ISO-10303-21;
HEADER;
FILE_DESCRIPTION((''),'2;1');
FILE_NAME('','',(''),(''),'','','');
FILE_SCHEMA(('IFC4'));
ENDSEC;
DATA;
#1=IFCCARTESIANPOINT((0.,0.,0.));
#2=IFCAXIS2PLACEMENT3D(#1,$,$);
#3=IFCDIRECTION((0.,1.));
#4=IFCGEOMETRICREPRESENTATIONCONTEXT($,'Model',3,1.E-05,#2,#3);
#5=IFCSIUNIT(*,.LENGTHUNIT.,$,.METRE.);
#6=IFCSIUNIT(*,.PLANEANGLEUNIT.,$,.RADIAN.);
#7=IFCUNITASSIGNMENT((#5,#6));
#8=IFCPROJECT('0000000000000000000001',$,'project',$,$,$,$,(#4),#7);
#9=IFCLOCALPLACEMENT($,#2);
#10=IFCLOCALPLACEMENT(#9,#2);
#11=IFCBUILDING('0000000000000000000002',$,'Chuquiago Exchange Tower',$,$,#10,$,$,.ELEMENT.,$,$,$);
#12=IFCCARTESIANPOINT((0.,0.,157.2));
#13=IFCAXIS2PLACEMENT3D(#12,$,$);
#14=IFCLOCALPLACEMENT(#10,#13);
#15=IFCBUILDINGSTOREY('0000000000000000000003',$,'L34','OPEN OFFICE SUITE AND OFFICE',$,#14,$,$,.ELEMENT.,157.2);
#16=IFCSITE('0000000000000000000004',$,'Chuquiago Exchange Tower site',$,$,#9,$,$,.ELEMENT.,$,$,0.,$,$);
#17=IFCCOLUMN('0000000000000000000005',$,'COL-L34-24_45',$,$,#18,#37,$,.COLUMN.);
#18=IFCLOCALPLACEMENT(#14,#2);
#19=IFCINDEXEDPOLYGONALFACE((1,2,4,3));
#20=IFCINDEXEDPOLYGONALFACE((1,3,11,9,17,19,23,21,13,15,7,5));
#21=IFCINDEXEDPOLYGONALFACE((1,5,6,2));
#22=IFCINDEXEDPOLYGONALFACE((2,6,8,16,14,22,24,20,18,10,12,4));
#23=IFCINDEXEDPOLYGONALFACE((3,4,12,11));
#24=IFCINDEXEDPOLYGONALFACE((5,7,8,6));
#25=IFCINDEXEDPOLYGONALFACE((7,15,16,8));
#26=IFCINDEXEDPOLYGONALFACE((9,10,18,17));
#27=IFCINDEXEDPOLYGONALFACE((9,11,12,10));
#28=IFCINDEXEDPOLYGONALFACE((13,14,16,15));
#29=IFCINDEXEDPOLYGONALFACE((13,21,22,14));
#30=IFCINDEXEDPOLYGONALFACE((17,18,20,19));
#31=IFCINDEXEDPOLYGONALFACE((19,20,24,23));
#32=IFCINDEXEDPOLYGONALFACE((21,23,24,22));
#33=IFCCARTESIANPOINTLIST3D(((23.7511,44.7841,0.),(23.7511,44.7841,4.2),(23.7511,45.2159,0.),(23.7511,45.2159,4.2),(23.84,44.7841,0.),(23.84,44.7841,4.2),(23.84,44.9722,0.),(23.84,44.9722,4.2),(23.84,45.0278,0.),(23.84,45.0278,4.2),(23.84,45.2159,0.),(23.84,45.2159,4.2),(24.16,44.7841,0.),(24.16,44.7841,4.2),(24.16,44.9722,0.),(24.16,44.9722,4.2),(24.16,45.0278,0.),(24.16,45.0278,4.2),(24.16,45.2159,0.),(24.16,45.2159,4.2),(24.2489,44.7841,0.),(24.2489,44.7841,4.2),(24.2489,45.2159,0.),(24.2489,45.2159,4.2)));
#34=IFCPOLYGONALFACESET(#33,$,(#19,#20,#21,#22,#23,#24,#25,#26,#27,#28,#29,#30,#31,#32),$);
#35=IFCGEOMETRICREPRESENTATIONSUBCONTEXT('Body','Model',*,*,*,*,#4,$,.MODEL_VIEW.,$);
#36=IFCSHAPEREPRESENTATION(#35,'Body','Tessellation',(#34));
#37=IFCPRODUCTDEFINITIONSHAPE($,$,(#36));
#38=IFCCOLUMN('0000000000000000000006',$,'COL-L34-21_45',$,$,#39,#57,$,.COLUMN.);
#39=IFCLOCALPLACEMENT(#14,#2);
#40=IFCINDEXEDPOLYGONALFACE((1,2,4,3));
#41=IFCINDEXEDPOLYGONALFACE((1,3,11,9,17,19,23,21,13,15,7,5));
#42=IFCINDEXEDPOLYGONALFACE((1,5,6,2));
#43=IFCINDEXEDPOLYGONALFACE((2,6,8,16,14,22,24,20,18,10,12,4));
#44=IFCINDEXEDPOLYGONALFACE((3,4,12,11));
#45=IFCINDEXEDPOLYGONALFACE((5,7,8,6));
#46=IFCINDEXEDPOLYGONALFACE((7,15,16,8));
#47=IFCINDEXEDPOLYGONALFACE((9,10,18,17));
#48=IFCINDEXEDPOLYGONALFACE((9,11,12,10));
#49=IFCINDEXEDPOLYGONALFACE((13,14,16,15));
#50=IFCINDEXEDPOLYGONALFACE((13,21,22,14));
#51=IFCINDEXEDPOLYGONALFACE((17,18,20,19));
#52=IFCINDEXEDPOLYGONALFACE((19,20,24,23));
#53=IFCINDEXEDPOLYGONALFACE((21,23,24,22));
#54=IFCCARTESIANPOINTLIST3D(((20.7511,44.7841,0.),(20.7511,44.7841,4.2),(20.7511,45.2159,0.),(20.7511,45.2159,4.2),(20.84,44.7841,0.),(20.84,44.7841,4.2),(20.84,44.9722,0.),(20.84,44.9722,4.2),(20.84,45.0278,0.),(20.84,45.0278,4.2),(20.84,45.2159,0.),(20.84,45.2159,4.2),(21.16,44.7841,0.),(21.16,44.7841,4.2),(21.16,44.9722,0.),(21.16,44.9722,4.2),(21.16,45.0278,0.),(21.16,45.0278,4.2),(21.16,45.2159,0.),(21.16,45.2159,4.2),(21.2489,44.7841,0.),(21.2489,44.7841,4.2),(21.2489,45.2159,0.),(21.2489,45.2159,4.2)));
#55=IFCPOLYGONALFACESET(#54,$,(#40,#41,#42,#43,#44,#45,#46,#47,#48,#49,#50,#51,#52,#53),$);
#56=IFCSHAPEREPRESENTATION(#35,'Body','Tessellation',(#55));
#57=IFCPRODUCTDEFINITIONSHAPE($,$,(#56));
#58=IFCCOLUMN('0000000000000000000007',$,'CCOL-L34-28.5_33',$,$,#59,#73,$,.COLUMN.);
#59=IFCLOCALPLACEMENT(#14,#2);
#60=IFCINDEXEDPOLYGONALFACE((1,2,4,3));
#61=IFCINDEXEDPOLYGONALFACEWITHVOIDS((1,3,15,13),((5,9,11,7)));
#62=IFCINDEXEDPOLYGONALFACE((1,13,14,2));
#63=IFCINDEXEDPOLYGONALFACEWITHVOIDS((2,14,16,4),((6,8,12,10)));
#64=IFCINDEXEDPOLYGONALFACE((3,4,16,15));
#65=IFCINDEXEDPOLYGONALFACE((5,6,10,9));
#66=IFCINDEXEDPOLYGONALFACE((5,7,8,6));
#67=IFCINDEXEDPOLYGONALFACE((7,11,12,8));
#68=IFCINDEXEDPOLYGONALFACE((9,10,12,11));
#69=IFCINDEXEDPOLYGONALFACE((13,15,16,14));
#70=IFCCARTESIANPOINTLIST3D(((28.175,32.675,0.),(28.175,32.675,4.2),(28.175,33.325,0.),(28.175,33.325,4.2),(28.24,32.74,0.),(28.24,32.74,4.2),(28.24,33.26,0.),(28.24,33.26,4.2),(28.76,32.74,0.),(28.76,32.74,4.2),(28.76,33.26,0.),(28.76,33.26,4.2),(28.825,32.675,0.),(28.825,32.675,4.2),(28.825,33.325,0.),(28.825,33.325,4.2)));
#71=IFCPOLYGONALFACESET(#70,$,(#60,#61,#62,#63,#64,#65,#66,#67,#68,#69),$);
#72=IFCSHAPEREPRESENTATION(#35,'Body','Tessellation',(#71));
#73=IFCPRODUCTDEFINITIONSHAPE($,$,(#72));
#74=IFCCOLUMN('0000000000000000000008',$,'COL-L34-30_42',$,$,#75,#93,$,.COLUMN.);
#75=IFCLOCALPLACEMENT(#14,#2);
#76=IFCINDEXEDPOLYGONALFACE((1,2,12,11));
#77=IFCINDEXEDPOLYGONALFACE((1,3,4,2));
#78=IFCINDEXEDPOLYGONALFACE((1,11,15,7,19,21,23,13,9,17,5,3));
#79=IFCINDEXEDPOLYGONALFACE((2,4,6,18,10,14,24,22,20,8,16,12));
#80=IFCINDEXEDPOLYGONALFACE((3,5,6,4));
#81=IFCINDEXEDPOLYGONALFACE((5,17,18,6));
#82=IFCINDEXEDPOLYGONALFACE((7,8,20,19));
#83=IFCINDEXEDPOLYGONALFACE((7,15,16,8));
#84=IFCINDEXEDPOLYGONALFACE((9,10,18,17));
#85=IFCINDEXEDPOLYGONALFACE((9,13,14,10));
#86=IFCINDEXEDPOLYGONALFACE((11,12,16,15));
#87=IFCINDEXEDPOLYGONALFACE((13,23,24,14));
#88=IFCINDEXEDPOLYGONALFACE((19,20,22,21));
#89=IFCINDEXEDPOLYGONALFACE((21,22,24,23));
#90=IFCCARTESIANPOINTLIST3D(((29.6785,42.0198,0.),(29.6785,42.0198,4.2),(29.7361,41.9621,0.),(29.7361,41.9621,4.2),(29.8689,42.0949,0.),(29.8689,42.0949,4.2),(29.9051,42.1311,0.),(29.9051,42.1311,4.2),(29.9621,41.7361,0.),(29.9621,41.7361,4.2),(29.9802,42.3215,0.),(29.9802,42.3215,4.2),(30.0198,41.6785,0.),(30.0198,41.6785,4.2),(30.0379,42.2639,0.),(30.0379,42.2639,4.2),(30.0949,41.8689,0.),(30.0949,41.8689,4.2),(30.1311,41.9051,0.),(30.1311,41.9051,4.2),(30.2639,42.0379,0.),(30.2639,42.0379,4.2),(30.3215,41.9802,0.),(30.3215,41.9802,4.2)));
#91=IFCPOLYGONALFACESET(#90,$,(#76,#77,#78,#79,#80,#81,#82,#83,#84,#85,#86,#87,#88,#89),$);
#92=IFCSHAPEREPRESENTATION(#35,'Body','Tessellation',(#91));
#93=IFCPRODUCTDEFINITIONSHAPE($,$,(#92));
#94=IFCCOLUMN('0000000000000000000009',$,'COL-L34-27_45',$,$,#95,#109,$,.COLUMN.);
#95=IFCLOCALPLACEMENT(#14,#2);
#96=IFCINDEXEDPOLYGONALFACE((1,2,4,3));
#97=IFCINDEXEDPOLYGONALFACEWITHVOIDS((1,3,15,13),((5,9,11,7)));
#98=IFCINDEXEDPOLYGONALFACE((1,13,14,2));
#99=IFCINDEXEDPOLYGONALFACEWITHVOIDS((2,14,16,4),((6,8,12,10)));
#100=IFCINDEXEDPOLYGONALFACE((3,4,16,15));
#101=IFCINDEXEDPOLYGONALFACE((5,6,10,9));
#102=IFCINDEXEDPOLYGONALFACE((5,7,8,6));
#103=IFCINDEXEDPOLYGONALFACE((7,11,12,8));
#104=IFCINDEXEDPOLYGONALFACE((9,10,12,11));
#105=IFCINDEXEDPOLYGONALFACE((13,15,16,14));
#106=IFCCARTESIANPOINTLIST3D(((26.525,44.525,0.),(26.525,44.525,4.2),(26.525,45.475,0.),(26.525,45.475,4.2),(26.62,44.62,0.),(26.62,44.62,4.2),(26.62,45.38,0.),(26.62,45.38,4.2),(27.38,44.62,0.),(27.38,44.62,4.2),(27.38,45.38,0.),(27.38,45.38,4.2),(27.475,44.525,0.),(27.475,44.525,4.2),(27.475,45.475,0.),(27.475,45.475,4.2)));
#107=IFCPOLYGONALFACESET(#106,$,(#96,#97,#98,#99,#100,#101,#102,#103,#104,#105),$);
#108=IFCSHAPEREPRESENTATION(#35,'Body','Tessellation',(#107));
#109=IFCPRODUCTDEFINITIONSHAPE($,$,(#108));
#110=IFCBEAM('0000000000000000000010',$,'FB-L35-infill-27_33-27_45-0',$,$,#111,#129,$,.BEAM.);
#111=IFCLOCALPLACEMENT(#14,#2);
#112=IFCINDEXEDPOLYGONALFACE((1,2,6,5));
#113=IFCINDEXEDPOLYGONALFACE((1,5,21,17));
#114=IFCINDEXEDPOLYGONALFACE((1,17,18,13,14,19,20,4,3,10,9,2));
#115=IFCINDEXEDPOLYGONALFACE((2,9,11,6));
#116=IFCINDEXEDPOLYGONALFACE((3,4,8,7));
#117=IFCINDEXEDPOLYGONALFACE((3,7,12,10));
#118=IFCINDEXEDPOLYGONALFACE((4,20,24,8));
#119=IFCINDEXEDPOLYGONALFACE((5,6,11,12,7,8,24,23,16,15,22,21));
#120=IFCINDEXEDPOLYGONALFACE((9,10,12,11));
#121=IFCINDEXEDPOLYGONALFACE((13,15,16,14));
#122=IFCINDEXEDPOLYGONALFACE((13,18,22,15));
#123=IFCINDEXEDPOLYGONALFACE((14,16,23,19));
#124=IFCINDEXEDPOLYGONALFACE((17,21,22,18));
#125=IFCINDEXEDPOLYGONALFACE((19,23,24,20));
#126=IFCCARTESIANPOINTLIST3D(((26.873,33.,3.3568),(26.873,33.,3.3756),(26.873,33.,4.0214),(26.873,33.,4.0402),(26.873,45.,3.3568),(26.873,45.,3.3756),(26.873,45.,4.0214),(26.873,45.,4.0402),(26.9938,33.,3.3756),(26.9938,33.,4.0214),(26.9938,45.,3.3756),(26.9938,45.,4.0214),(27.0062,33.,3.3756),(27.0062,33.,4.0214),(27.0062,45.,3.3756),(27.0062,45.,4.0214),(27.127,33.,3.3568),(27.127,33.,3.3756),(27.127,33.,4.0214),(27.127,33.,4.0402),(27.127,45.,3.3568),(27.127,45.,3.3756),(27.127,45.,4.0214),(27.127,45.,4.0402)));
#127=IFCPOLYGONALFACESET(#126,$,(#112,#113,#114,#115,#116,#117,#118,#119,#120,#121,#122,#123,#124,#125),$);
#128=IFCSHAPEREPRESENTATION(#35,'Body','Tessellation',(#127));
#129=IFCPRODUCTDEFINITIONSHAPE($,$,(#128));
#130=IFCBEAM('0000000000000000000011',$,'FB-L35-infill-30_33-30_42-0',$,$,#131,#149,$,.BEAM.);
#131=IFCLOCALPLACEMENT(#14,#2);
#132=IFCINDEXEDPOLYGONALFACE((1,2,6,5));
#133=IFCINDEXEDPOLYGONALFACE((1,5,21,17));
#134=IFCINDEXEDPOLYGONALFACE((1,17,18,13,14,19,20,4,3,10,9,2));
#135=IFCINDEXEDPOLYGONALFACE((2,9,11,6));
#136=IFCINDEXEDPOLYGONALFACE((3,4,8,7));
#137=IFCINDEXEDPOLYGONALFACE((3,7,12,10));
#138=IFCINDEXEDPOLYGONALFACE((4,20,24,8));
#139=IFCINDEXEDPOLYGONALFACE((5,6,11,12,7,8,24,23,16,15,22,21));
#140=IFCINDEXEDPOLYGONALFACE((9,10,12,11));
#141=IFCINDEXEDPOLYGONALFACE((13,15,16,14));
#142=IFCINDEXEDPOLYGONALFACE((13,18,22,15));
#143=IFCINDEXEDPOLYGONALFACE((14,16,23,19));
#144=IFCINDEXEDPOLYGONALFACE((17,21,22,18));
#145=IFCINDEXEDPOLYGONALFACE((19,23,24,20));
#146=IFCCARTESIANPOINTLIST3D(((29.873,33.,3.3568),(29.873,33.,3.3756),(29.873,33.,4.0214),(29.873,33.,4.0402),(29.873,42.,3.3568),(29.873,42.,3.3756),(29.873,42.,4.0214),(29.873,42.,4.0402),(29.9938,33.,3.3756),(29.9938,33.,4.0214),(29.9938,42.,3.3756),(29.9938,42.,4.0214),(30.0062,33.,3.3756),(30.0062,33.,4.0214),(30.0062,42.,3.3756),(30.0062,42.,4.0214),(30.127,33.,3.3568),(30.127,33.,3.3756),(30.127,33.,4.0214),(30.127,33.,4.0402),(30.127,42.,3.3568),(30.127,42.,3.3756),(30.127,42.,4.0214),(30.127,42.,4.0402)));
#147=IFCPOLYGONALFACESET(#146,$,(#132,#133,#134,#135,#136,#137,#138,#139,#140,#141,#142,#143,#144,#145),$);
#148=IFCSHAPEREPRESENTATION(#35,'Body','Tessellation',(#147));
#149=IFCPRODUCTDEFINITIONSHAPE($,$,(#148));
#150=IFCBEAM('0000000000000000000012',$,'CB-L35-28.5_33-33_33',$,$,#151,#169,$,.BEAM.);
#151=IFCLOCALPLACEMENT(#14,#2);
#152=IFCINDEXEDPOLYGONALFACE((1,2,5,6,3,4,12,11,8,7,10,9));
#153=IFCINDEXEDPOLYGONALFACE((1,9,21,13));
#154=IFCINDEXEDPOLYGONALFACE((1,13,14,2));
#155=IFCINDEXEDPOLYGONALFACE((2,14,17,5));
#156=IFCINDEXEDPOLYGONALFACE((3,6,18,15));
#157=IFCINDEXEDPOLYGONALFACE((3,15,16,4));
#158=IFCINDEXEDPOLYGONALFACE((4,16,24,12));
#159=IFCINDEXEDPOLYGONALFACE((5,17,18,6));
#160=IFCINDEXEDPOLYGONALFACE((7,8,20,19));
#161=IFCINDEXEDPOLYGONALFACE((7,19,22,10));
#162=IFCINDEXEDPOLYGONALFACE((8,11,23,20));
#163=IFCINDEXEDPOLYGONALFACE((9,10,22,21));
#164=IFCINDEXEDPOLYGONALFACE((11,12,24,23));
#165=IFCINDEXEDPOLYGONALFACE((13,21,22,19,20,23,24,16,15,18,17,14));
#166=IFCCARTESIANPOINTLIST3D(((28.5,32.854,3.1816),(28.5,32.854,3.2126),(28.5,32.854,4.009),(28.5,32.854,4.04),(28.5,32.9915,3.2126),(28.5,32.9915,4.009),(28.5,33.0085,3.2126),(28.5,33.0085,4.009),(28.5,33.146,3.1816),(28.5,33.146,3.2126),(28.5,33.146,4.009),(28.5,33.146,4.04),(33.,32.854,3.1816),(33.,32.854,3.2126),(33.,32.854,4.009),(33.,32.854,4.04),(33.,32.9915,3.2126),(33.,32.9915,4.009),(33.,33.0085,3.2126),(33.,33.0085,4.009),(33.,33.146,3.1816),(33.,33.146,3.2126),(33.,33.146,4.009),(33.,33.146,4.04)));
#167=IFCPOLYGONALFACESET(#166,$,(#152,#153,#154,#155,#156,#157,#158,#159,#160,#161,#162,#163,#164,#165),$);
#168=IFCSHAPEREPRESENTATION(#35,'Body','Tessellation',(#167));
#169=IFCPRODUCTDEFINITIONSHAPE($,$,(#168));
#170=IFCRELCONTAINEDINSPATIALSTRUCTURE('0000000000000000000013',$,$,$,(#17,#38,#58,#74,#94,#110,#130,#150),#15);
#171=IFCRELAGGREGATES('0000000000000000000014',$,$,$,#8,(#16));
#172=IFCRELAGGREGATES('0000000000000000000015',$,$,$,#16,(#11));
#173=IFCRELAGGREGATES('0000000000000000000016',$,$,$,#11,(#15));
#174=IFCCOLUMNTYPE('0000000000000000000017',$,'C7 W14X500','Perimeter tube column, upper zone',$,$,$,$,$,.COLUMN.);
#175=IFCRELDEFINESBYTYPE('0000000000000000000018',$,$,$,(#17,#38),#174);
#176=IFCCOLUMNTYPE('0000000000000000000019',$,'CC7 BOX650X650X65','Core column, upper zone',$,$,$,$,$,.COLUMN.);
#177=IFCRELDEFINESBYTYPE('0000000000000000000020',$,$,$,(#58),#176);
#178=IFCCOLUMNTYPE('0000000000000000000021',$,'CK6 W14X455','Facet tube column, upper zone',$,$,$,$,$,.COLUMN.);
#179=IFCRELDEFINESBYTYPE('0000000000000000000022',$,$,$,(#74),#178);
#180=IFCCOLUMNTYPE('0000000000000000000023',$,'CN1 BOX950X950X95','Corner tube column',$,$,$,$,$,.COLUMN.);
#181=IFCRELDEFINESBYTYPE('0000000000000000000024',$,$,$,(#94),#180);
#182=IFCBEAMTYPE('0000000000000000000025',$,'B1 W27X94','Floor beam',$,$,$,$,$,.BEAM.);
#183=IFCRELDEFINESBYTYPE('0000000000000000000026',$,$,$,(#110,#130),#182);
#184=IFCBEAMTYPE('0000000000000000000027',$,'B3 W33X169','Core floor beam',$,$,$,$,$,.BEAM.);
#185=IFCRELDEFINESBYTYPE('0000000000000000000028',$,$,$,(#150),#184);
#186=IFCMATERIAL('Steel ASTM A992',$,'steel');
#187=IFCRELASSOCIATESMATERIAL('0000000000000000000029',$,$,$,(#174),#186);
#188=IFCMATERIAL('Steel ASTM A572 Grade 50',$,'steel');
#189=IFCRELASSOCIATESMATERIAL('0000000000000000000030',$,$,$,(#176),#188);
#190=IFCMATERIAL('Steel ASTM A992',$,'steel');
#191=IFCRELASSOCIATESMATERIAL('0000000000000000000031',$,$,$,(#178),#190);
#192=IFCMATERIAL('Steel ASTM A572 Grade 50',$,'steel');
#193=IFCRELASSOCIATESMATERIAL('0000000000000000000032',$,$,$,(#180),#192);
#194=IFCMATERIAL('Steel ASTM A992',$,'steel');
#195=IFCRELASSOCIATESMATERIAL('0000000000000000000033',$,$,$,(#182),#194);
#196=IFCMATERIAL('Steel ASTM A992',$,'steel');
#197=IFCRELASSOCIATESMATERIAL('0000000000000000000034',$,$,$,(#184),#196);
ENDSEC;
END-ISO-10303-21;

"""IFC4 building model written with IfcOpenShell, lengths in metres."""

from ifc_helpers import new_model, si_unit, direction, frame, origin, origin_2d, place, context, subcontext, project, spatial, hollow_rectangle, i_section, extrude, material, material_profile, profile_set, type_object, element, save


model = new_model("IFC4")

# Units and contexts
model_context = context("Model", 3, precision=1e-05, world=origin(), true_north=direction((0.0, 1.0)))
body_context = subcontext(model_context, "Body", "Model", "MODEL_VIEW")
ifc_project = project(units=[si_unit("LENGTHUNIT", "METRE"), si_unit("PLANEANGLEUNIT", "RADIAN")], contexts=[model_context])

# Site, building, storey
site_placement = place(None, origin())
site = spatial("IfcSite", under=ifc_project, at=site_placement, Name="Chuquiago Exchange Tower site", CompositionType="ELEMENT", RefElevation=0.0)
building_placement = place(site_placement, origin())
building = spatial("IfcBuilding", under=site, at=building_placement, Name="Chuquiago Exchange Tower", CompositionType="ELEMENT")
storey_placement = place(building_placement, frame((0.0, 0.0, 157.2)))
storey = spatial("IfcBuildingStorey", under=building, at=storey_placement, Name="L34", Description="OPEN OFFICE SUITE AND OFFICE", CompositionType="ELEMENT", Elevation=157.2)

# Columns
ifc_material_1 = material(Name="Steel ASTM A992", Category="steel")
ifc_material_profile_1 = material_profile(ifc_material_1, i_section(OverallWidth=0.4319, OverallDepth=0.4978, WebThickness=0.0557, FlangeThickness=0.0889, at=origin_2d()), Name="W14X500")
ifc_profile_set_1 = profile_set([ifc_material_profile_1], Name="Steel ASTM A992")
column_type_1 = type_object("IfcColumnType", Name="C7 W14X500", Description="Perimeter tube column, upper zone", PredefinedType="COLUMN", material=ifc_profile_set_1)
for number, where, z_axis, x_axis, name in (
    (1, (24.0, 45.0, 0.0), (0.0, 0.0, 1.0), (0.0, 1.0, 0.0), "COL-L34-24_45"),
    (2, (21.0, 45.0, 0.0), (0.0, 0.0, 1.0), (0.0, 1.0, 0.0), "COL-L34-21_45"),
):
    element("IfcColumn", number, at=place(storey_placement, frame(where, z_axis=z_axis, x_axis=x_axis)), inside=storey, type_object=column_type_1, Name=name, PredefinedType="COLUMN", context=body_context, shape_type="SweptSolid", body=[
        extrude(i_section(OverallWidth=0.4319, OverallDepth=0.4978, WebThickness=0.0557, FlangeThickness=0.0889, at=origin_2d()), origin(), (0.0, 0.0, 1.0), 4.2),
    ])
ifc_material_2 = material(Name="Steel ASTM A572 Grade 50", Category="steel")
ifc_material_profile_2 = material_profile(ifc_material_2, hollow_rectangle(XDim=0.6499, YDim=0.6499, WallThickness=0.0649, at=origin_2d()), Name="BOX650X650X65")
ifc_profile_set_2 = profile_set([ifc_material_profile_2], Name="Steel ASTM A572 Grade 50")
column_type_2 = type_object("IfcColumnType", Name="CC7 BOX650X650X65", Description="Core column, upper zone", PredefinedType="COLUMN", material=ifc_profile_set_2)
column_1_placement = place(storey_placement, frame((28.5, 33.0, 0.0), z_axis=(0.0, 0.0, 1.0), x_axis=(1.0, 0.0, 0.0)))
element("IfcColumn", 3, at=column_1_placement, inside=storey, type_object=column_type_2, Name="CCOL-L34-28.5_33", PredefinedType="COLUMN", context=body_context, shape_type="SweptSolid", body=[
    extrude(hollow_rectangle(XDim=0.6499, YDim=0.6499, WallThickness=0.0649, at=origin_2d()), origin(), (0.0, 0.0, 1.0), 4.2),
])
ifc_material_3 = material(Name="Steel ASTM A992", Category="steel")
ifc_material_profile_3 = material_profile(ifc_material_3, i_section(OverallWidth=0.4268, OverallDepth=0.4827, WebThickness=0.0513, FlangeThickness=0.0815, at=origin_2d()), Name="W14X455")
ifc_profile_set_3 = profile_set([ifc_material_profile_3], Name="Steel ASTM A992")
column_type_3 = type_object("IfcColumnType", Name="CK6 W14X455", Description="Facet tube column, upper zone", PredefinedType="COLUMN", material=ifc_profile_set_3)
column_2_placement = place(storey_placement, frame((30.0, 42.0, 0.0), z_axis=(0.0, 0.0, 1.0), x_axis=(0.707107, 0.707107, 0.0)))
element("IfcColumn", 4, at=column_2_placement, inside=storey, type_object=column_type_3, Name="COL-L34-30_42", PredefinedType="COLUMN", context=body_context, shape_type="SweptSolid", body=[
    extrude(i_section(OverallWidth=0.4268, OverallDepth=0.4827, WebThickness=0.0513, FlangeThickness=0.0815, at=origin_2d()), origin(), (0.0, 0.0, 1.0), 4.2),
])
ifc_material_4 = material(Name="Steel ASTM A572 Grade 50", Category="steel")
ifc_material_profile_4 = material_profile(ifc_material_4, hollow_rectangle(XDim=0.95, YDim=0.95, WallThickness=0.095, at=origin_2d()), Name="BOX950X950X95")
ifc_profile_set_4 = profile_set([ifc_material_profile_4], Name="Steel ASTM A572 Grade 50")
column_type_4 = type_object("IfcColumnType", Name="CN1 BOX950X950X95", Description="Corner tube column", PredefinedType="COLUMN", material=ifc_profile_set_4)
column_3_placement = place(storey_placement, frame((27.0, 45.0, 0.0), z_axis=(0.0, 0.0, 1.0), x_axis=(0.0, 1.0, 0.0)))
element("IfcColumn", 5, at=column_3_placement, inside=storey, type_object=column_type_4, Name="COL-L34-27_45", PredefinedType="COLUMN", context=body_context, shape_type="SweptSolid", body=[
    extrude(hollow_rectangle(XDim=0.95, YDim=0.95, WallThickness=0.095, at=origin_2d()), origin(), (0.0, 0.0, 1.0), 4.2),
])

# Beams
ifc_material_5 = material(Name="Steel ASTM A992", Category="steel")
ifc_material_profile_5 = material_profile(ifc_material_5, i_section(OverallWidth=0.2539, OverallDepth=0.6833, WebThickness=0.0125, FlangeThickness=0.0188, at=origin_2d()), Name="W27X94")
ifc_profile_set_5 = profile_set([ifc_material_profile_5], Name="Steel ASTM A992")
beam_type_1 = type_object("IfcBeamType", Name="B1 W27X94", Description="Floor beam", PredefinedType="BEAM", material=ifc_profile_set_5)
beam_1_placement = place(storey_placement, frame((27.0, 33.0, 3.6985), z_axis=(0.0, 1.0, 0.0), x_axis=(-1.0, 0.0, 0.0)))
element("IfcBeam", 6, at=beam_1_placement, inside=storey, type_object=beam_type_1, Name="FB-L35-infill-27_33-27_45-0", PredefinedType="BEAM", context=body_context, shape_type="SweptSolid", body=[
    extrude(i_section(OverallWidth=0.2539, OverallDepth=0.6833, WebThickness=0.0125, FlangeThickness=0.0188, at=origin_2d()), origin(), (0.0, 0.0, 1.0), 12.0),
])
beam_2_placement = place(storey_placement, frame((30.0, 33.0, 3.6985), z_axis=(0.0, 1.0, 0.0), x_axis=(-1.0, 0.0, 0.0)))
element("IfcBeam", 7, at=beam_2_placement, inside=storey, type_object=beam_type_1, Name="FB-L35-infill-30_33-30_42-0", PredefinedType="BEAM", context=body_context, shape_type="SweptSolid", body=[
    extrude(i_section(OverallWidth=0.2539, OverallDepth=0.6833, WebThickness=0.0125, FlangeThickness=0.0188, at=origin_2d()), origin(), (0.0, 0.0, 1.0), 9.0),
])
ifc_material_6 = material(Name="Steel ASTM A992", Category="steel")
ifc_material_profile_6 = material_profile(ifc_material_6, i_section(OverallWidth=0.292, OverallDepth=0.8584, WebThickness=0.0171, FlangeThickness=0.031, at=origin_2d()), Name="W33X169")
ifc_profile_set_6 = profile_set([ifc_material_profile_6], Name="Steel ASTM A992")
beam_type_2 = type_object("IfcBeamType", Name="B3 W33X169", Description="Core floor beam", PredefinedType="BEAM", material=ifc_profile_set_6)
beam_3_placement = place(storey_placement, frame((28.5, 33.0, 3.6108), z_axis=(1.0, 0.0, 0.0), x_axis=(0.0, 1.0, 0.0)))
element("IfcBeam", 8, at=beam_3_placement, inside=storey, type_object=beam_type_2, Name="CB-L35-28.5_33-33_33", PredefinedType="BEAM", context=body_context, shape_type="SweptSolid", body=[
    extrude(i_section(OverallWidth=0.292, OverallDepth=0.8584, WebThickness=0.0171, FlangeThickness=0.031, at=origin_2d()), origin(), (0.0, 0.0, 1.0), 4.5),
])

save(model, "model.ifc")
